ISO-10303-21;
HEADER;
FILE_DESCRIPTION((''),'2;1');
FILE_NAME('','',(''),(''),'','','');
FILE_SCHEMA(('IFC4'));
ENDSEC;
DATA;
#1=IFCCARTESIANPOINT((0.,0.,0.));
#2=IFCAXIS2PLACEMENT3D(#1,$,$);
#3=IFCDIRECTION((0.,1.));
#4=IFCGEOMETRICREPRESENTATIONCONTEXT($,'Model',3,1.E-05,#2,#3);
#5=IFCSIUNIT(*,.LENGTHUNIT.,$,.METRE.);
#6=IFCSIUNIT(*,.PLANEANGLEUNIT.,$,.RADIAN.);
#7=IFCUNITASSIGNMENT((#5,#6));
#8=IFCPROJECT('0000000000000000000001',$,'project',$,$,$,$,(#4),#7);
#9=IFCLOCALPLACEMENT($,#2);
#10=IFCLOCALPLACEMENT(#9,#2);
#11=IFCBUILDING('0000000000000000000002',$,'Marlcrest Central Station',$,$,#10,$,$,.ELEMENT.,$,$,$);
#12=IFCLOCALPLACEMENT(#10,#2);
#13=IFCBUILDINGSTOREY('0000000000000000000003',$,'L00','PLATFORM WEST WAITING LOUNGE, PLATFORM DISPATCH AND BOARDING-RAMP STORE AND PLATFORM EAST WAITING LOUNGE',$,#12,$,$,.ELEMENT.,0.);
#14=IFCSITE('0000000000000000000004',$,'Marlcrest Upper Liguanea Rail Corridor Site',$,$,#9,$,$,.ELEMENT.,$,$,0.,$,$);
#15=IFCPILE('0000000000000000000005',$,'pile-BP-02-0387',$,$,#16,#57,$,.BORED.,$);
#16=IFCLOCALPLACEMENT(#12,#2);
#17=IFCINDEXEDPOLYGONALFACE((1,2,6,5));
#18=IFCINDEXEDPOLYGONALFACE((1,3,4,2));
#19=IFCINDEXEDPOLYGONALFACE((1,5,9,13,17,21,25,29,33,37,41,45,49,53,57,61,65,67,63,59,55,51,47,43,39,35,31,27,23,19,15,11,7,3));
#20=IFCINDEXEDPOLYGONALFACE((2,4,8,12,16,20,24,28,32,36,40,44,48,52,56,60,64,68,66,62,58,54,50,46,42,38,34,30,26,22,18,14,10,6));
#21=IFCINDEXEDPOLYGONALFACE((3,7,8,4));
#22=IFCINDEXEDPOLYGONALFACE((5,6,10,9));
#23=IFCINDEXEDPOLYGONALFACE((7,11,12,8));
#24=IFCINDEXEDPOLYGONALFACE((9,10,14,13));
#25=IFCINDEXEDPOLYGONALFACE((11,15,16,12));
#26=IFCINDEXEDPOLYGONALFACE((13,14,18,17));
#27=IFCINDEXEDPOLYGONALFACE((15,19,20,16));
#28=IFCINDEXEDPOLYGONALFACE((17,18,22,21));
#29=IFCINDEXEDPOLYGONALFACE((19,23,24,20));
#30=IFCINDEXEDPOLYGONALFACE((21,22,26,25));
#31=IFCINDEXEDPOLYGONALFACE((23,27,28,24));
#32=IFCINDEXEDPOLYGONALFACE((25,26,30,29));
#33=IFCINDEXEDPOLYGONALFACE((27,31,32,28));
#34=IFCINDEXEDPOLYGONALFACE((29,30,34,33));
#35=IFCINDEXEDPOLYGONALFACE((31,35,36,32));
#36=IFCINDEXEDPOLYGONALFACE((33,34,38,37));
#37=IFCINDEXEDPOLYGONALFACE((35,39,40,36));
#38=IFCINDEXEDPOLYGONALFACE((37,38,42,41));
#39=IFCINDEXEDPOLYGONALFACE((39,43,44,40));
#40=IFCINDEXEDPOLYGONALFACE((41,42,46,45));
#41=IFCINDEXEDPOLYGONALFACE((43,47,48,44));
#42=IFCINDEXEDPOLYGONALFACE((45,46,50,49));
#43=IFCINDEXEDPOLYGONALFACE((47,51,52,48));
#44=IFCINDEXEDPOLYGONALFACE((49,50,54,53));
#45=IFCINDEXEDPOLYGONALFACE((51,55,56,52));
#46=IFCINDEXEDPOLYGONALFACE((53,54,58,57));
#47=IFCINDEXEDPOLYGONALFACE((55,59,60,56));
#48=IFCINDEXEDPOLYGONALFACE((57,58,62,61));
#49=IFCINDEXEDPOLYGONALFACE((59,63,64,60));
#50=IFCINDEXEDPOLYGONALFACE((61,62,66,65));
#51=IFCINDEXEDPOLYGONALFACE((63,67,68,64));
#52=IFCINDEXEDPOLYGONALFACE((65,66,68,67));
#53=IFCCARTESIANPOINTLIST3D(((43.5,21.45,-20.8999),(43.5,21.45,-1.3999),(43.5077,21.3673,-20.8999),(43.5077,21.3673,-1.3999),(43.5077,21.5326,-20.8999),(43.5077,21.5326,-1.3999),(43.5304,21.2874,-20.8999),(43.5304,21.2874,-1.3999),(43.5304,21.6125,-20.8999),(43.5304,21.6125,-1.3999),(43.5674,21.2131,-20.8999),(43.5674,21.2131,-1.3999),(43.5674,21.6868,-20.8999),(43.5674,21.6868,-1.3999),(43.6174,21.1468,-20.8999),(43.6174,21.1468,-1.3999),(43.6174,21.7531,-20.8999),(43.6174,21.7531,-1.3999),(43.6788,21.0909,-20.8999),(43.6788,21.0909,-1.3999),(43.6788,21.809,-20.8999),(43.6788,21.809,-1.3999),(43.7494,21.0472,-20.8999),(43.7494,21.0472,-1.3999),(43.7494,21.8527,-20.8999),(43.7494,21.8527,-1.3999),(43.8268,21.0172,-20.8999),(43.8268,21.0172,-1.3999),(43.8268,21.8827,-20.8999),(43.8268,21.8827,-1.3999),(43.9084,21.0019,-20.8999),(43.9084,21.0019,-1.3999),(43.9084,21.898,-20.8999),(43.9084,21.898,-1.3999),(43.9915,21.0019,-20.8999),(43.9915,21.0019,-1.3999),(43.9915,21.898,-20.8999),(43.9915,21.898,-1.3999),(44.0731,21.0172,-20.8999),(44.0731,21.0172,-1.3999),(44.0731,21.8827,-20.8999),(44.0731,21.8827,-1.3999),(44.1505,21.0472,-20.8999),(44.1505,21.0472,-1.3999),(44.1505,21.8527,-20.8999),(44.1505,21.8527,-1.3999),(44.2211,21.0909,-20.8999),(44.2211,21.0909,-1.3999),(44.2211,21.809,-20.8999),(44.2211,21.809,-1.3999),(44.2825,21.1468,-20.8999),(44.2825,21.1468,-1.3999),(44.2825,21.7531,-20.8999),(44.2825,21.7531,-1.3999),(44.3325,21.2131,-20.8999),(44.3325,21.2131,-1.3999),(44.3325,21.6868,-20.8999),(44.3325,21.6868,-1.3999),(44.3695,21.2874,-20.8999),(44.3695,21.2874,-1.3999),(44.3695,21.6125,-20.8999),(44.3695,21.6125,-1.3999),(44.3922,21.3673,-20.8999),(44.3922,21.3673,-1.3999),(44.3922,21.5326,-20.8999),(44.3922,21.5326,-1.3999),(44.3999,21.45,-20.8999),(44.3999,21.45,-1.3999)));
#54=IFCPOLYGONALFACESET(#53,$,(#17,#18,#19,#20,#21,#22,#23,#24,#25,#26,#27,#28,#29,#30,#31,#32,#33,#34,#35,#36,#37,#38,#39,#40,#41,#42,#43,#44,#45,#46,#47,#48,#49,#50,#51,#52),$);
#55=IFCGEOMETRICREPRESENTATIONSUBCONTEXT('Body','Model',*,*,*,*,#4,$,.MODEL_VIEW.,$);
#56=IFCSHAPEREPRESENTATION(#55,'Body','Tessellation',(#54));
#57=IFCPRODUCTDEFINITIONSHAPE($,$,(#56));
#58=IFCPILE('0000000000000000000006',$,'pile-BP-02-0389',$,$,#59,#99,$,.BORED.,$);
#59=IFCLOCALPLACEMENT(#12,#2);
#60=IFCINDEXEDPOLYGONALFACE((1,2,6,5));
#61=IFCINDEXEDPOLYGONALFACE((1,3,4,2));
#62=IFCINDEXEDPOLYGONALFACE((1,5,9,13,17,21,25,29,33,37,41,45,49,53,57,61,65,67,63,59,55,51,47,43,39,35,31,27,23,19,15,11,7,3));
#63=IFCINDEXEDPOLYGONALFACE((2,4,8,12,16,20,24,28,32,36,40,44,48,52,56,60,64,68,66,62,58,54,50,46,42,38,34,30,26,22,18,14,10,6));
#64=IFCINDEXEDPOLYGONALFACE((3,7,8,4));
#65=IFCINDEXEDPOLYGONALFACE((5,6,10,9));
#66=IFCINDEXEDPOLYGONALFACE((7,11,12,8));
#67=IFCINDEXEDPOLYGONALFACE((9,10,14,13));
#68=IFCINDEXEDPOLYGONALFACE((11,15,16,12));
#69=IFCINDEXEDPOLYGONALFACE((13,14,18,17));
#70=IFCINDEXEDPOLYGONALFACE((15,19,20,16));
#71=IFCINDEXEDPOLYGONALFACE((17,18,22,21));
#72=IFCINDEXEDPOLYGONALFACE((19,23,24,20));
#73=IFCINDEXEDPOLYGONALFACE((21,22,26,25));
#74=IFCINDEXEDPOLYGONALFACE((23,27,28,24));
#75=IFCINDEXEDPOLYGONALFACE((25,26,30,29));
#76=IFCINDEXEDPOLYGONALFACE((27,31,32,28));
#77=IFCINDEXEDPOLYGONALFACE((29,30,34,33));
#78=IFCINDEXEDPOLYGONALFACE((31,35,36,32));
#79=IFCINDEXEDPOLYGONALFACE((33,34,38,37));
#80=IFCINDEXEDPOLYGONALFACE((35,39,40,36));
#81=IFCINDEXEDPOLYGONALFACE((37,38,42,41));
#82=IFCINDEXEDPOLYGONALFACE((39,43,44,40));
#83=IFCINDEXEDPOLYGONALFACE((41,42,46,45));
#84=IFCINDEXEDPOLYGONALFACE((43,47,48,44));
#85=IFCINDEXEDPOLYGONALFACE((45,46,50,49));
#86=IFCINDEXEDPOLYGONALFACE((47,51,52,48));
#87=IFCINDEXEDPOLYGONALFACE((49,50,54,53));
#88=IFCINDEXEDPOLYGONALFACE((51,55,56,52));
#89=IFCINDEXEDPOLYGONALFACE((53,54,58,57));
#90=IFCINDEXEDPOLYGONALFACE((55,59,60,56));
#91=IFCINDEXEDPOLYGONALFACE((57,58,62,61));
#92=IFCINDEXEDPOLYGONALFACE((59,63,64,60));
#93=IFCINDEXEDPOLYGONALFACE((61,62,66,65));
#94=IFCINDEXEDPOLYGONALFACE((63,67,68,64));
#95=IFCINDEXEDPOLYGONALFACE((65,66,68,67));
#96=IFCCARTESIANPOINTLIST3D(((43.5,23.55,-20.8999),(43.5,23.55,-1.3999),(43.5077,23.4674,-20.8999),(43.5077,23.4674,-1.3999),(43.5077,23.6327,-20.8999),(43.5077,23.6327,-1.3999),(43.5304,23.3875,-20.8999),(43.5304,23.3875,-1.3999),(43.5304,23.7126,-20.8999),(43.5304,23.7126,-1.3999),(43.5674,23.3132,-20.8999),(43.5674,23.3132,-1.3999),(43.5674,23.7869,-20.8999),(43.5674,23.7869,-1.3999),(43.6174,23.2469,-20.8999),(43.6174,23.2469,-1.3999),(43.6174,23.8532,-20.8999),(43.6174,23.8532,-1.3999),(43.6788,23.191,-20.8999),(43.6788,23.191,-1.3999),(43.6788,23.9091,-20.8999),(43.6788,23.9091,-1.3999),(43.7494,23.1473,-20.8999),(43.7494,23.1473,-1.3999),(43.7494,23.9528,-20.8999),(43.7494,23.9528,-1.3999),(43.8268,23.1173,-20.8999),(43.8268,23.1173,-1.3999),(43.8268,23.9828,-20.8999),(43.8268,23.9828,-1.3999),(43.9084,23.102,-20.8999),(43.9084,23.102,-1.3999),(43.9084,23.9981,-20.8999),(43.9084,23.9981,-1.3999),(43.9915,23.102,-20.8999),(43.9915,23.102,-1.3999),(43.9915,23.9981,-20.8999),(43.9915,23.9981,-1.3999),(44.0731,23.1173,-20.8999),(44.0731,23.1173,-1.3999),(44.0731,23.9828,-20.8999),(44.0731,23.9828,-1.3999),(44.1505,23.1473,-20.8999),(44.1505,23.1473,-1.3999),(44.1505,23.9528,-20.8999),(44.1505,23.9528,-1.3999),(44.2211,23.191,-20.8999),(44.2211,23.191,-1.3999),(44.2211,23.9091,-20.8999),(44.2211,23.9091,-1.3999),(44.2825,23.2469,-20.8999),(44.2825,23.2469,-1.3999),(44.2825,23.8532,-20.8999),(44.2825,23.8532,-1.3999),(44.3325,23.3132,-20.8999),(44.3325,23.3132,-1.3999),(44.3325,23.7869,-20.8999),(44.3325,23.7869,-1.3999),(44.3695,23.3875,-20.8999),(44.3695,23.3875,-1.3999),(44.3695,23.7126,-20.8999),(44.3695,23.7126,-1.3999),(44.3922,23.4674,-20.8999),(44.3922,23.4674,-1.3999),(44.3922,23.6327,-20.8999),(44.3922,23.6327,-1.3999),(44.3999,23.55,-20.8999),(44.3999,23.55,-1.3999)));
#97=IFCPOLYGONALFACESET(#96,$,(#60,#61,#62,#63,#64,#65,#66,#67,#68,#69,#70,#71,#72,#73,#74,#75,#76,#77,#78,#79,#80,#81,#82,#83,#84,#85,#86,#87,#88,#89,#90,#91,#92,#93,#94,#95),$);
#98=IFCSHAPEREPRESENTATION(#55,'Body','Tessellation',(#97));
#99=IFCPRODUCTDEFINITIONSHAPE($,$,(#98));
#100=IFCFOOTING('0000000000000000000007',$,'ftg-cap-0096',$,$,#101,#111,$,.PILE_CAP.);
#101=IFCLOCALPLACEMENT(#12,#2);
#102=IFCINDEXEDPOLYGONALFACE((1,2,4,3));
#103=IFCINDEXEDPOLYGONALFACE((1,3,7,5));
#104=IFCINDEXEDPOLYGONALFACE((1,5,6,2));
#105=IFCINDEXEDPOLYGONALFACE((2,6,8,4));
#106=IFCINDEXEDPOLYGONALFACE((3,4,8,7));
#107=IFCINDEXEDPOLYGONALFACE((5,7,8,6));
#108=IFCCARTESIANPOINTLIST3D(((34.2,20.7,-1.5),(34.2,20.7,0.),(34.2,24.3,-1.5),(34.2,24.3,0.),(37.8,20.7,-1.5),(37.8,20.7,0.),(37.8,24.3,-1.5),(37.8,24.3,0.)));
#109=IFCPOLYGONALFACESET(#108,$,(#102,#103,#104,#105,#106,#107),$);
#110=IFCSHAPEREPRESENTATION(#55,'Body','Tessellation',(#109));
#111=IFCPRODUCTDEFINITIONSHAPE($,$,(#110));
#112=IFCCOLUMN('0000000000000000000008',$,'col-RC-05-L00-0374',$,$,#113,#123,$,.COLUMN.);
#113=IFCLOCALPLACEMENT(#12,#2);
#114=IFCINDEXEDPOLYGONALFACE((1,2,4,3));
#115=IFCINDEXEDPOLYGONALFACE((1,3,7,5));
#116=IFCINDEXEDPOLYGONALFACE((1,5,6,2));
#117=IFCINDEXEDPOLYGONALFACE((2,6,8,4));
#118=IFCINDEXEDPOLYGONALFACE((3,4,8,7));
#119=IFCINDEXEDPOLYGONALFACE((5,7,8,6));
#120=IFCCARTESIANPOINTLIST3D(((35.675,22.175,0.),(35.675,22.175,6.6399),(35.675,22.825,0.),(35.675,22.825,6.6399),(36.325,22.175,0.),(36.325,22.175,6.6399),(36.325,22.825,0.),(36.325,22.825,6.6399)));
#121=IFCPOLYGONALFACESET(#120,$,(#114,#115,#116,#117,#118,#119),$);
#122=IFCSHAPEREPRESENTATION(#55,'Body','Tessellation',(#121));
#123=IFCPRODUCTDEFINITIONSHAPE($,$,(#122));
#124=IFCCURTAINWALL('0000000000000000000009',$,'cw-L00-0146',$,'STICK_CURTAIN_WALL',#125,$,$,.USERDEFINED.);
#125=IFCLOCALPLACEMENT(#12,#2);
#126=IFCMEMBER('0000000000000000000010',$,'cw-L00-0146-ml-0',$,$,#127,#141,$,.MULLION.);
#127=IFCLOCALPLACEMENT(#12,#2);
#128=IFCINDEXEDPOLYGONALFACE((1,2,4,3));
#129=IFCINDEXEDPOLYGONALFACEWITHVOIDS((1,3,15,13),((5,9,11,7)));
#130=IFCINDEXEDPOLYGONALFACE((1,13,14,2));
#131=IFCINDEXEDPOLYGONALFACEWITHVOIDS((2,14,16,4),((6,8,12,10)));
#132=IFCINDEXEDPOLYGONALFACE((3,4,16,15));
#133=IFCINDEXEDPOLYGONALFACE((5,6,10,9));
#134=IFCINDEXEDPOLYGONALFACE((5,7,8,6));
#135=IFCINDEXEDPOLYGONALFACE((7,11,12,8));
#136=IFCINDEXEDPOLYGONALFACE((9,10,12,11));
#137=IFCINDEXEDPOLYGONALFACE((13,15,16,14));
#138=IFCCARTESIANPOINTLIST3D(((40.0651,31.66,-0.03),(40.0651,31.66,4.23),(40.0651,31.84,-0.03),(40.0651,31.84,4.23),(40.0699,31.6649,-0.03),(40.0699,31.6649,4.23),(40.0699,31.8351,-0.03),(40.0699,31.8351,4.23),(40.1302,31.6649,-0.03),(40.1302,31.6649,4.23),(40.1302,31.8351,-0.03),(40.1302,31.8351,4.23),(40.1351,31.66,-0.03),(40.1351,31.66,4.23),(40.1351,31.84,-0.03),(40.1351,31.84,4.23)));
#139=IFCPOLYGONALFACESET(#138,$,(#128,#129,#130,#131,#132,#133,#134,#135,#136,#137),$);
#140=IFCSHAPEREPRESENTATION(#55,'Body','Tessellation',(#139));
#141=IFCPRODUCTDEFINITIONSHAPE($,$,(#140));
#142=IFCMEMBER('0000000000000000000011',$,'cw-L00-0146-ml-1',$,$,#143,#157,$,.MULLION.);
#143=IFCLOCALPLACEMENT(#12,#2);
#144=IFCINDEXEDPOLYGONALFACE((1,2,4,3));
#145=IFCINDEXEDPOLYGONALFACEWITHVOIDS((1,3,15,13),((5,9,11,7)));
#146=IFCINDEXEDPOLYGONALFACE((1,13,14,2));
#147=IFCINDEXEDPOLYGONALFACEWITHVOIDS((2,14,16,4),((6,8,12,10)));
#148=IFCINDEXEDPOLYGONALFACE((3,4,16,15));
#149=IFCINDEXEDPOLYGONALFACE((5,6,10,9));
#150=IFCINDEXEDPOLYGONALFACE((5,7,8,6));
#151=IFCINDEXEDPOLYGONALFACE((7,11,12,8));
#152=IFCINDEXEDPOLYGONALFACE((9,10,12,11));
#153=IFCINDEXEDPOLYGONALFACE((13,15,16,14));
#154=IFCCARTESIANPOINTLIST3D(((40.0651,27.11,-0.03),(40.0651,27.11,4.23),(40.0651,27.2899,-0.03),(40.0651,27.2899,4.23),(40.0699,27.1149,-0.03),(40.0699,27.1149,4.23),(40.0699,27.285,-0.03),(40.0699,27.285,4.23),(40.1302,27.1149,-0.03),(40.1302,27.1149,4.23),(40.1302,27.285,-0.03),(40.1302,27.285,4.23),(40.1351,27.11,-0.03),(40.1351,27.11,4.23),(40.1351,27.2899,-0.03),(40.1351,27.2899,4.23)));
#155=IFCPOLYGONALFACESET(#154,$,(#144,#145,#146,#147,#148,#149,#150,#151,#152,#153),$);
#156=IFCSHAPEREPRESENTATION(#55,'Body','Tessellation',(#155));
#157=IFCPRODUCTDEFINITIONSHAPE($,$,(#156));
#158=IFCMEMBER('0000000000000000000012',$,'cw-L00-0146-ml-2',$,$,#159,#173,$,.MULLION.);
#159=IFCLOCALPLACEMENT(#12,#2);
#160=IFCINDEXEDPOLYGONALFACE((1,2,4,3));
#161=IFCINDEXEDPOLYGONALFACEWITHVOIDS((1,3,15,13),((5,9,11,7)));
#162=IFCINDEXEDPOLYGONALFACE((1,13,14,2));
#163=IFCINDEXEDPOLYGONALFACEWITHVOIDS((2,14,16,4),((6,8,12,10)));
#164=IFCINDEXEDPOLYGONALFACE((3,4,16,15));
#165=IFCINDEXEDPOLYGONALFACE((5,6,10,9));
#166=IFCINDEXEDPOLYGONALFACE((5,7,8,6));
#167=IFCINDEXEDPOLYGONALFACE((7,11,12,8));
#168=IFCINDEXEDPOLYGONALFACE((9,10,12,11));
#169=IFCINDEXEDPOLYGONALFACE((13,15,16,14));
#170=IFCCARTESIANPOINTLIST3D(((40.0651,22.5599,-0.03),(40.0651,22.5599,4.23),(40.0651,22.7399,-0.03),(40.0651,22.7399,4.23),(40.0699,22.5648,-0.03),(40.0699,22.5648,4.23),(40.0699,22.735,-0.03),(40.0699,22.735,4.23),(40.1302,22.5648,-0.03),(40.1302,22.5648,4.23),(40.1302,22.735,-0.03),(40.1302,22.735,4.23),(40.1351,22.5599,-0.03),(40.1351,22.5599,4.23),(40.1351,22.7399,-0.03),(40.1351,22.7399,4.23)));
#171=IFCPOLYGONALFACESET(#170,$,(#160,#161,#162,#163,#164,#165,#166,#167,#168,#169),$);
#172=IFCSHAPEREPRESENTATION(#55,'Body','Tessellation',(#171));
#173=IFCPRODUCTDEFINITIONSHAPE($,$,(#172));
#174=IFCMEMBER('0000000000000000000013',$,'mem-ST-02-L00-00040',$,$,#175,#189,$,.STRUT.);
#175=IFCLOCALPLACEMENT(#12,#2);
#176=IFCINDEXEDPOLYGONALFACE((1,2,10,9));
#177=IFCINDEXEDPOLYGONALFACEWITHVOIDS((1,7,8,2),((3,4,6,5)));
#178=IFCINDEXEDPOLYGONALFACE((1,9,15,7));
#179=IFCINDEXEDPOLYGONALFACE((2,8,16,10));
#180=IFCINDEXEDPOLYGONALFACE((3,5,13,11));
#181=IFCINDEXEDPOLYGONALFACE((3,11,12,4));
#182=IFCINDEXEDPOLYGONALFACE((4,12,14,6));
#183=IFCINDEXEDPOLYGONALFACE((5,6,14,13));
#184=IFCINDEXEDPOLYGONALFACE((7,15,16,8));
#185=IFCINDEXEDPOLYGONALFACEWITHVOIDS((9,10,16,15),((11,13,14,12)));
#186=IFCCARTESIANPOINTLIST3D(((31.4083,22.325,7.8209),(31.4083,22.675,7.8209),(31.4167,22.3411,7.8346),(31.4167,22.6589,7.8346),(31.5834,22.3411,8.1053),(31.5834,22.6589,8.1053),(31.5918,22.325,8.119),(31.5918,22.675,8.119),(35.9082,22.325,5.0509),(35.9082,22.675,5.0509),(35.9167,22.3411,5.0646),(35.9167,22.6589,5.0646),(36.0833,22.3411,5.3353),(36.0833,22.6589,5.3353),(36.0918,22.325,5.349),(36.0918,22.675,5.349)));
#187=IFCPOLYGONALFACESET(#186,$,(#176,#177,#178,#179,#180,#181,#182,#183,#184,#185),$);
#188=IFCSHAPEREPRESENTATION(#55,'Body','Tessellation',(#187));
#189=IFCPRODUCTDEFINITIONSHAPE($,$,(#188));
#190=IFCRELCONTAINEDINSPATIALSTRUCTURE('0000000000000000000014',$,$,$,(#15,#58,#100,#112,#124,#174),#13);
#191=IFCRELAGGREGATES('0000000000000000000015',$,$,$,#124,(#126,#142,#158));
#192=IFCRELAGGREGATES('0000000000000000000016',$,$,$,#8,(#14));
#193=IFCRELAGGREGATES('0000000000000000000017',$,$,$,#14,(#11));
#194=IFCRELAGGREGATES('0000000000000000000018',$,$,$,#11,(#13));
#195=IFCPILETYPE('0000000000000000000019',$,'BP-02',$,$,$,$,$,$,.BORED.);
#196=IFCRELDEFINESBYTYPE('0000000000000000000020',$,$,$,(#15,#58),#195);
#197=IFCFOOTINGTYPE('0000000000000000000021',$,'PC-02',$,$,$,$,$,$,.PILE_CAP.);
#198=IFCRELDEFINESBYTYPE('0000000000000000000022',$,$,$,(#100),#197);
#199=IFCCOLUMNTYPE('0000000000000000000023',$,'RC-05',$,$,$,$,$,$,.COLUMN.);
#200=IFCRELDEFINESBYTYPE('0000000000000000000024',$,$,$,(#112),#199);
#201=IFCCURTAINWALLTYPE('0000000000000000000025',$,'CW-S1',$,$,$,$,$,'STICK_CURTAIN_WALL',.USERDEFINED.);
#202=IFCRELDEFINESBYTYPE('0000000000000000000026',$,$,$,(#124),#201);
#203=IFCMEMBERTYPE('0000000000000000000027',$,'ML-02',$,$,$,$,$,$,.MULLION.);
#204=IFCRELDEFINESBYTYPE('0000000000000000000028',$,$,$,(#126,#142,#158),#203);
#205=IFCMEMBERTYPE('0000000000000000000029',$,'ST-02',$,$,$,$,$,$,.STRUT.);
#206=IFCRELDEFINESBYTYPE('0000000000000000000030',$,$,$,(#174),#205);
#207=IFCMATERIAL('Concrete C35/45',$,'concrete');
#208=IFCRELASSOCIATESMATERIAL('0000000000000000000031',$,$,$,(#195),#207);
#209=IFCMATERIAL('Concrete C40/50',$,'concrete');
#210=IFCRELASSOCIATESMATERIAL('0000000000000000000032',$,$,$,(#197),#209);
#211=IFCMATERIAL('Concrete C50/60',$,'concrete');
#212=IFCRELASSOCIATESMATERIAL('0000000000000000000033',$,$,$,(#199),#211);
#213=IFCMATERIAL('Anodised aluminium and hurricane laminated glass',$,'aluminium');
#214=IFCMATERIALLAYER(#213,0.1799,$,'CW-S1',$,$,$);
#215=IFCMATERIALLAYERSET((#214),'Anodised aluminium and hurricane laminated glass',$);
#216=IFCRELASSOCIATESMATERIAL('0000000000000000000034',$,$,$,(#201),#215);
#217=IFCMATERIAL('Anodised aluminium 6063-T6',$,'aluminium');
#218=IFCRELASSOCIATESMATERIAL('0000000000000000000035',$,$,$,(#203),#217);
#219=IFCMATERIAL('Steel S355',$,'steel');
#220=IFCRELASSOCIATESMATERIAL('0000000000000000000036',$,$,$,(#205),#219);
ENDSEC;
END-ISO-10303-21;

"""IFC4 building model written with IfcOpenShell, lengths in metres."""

from ifc_helpers import new_model, si_unit, direction, frame, origin, origin_2d, place, context, subcontext, project, spatial, rectangle, hollow_rectangle, circle, extrude, material, layer, layer_set, material_profile, profile_set, type_object, element, aggregate, save


model = new_model("IFC4")

# Units and contexts
model_context = context("Model", 3, precision=1e-05, world=origin(), true_north=direction((0.0, 1.0)))
body_context = subcontext(model_context, "Body", "Model", "MODEL_VIEW")
ifc_project = project(units=[si_unit("LENGTHUNIT", "METRE"), si_unit("PLANEANGLEUNIT", "RADIAN")], contexts=[model_context])

# Site, building, storey
site_placement = place(None, origin())
site = spatial("IfcSite", under=ifc_project, at=site_placement, Name="Marlcrest Upper Liguanea Rail Corridor Site", CompositionType="ELEMENT", RefElevation=0.0)
building_placement = place(site_placement, origin())
building = spatial("IfcBuilding", under=site, at=building_placement, Name="Marlcrest Central Station", CompositionType="ELEMENT")
storey_placement = place(building_placement, origin())
storey = spatial("IfcBuildingStorey", under=building, at=storey_placement, Name="L00", Description="PLATFORM WEST WAITING LOUNGE, PLATFORM DISPATCH AND BOARDING-RAMP STORE AND PLATFORM EAST WAITING LOUNGE", CompositionType="ELEMENT", Elevation=0.0)

# Piles
ifc_material_1 = material(Name="Concrete C35/45", Category="concrete")
ifc_material_profile_1 = material_profile(ifc_material_1, circle(Radius=0.45, at=origin_2d()), Name="PILE D900")
ifc_profile_set_1 = profile_set([ifc_material_profile_1], Name="Concrete C35/45")
pile_type = type_object("IfcPileType", Name="BP-02", PredefinedType="BORED", material=ifc_profile_set_1)
for number, where, z_axis, x_axis, name in (
    (1, (43.95, 21.45, -1.3999), (0.0, 0.0, -1.0), (1.0, 0.0, 0.0), "pile-BP-02-0387"),
    (2, (43.95, 23.55, -1.3999), (0.0, 0.0, -1.0), (1.0, 0.0, 0.0), "pile-BP-02-0389"),
):
    element("IfcPile", number, at=place(storey_placement, frame(where, z_axis=z_axis, x_axis=x_axis)), inside=storey, type_object=pile_type, Name=name, PredefinedType="BORED", context=body_context, shape_type="SweptSolid", body=[
        extrude(circle(Radius=0.45, at=origin_2d()), origin(), (0.0, 0.0, 1.0), 19.5),
    ])

# Footing
ifc_material_2 = material(Name="Concrete C40/50", Category="concrete")
footing_type = type_object("IfcFootingType", Name="PC-02", PredefinedType="PILE_CAP", material=ifc_material_2)
footing_placement = place(storey_placement, frame((36.0, 22.5, -1.5), z_axis=(0.0, 0.0, 1.0), x_axis=(1.0, 0.0, 0.0)))
element("IfcFooting", 3, at=footing_placement, inside=storey, type_object=footing_type, Name="ftg-cap-0096", PredefinedType="PILE_CAP", context=body_context, shape_type="SweptSolid", body=[
    extrude(rectangle(XDim=3.6001, YDim=3.6001, at=origin_2d()), origin(), (0.0, 0.0, 1.0), 1.5),
])

# Column
ifc_material_3 = material(Name="Concrete C50/60", Category="concrete")
ifc_material_profile_2 = material_profile(ifc_material_3, rectangle(XDim=0.6499, YDim=0.6499, at=origin_2d()), Name="RC 650x650")
ifc_profile_set_2 = profile_set([ifc_material_profile_2], Name="Concrete C50/60")
column_type = type_object("IfcColumnType", Name="RC-05", PredefinedType="COLUMN", material=ifc_profile_set_2)
column_placement = place(storey_placement, frame((36.0, 22.5, 0.0), z_axis=(0.0, 0.0, 1.0), x_axis=(1.0, 0.0, 0.0)))
element("IfcColumn", 4, at=column_placement, inside=storey, type_object=column_type, Name="col-RC-05-L00-0374", PredefinedType="COLUMN", context=body_context, shape_type="SweptSolid", body=[
    extrude(rectangle(XDim=0.6499, YDim=0.6499, at=origin_2d()), origin(), (0.0, 0.0, 1.0), 6.6399),
])

# Curtain wall, members
ifc_material_4 = material(Name="Anodised aluminium and hurricane laminated glass", Category="aluminium")
ifc_layer_1 = layer(ifc_material_4, 0.1799, Name="CW-S1")
ifc_layer_set_1 = layer_set([ifc_layer_1], Name="Anodised aluminium and hurricane laminated glass")
curtain_wall_type = type_object("IfcCurtainWallType", Name="CW-S1", ElementType="STICK_CURTAIN_WALL", PredefinedType="USERDEFINED", material=ifc_layer_set_1)
curtain_wall_placement = place(storey_placement, origin())
curtain_wall = element("IfcCurtainWall", 5, at=curtain_wall_placement, inside=storey, type_object=curtain_wall_type, Name="cw-L00-0146", ObjectType="STICK_CURTAIN_WALL", PredefinedType="USERDEFINED")
ifc_material_5 = material(Name="Anodised aluminium 6063-T6", Category="aluminium")
ifc_material_profile_3 = material_profile(ifc_material_5, hollow_rectangle(XDim=0.0701, YDim=0.1799, WallThickness=0.0049, at=origin_2d()), Name="AA-RHS 180x70x5")
ifc_profile_set_3 = profile_set([ifc_material_profile_3], Name="Anodised aluminium 6063-T6")
member_type_1 = type_object("IfcMemberType", Name="ML-02", PredefinedType="MULLION", material=ifc_profile_set_3)
member_1_placement = place(storey_placement, frame((40.1001, 31.75, -0.03), z_axis=(0.0, 0.0, 1.0), x_axis=(1.0, 0.0, 0.0)))
member_1 = element("IfcMember", 6, at=member_1_placement, type_object=member_type_1, Name="cw-L00-0146-ml-0", PredefinedType="MULLION", context=body_context, shape_type="SweptSolid", body=[
    extrude(hollow_rectangle(XDim=0.0701, YDim=0.1799, WallThickness=0.0049, at=origin_2d()), origin(), (0.0, 0.0, 1.0), 4.26),
])
member_2_placement = place(storey_placement, frame((40.1001, 27.2, -0.03), z_axis=(0.0, 0.0, 1.0), x_axis=(1.0, 0.0, 0.0)))
member_2 = element("IfcMember", 7, at=member_2_placement, type_object=member_type_1, Name="cw-L00-0146-ml-1", PredefinedType="MULLION", context=body_context, shape_type="SweptSolid", body=[
    extrude(hollow_rectangle(XDim=0.0701, YDim=0.1799, WallThickness=0.0049, at=origin_2d()), origin(), (0.0, 0.0, 1.0), 4.26),
])
member_3_placement = place(storey_placement, frame((40.1001, 22.6499, -0.03), z_axis=(0.0, 0.0, 1.0), x_axis=(1.0, 0.0, 0.0)))
member_3 = element("IfcMember", 8, at=member_3_placement, type_object=member_type_1, Name="cw-L00-0146-ml-2", PredefinedType="MULLION", context=body_context, shape_type="SweptSolid", body=[
    extrude(hollow_rectangle(XDim=0.0701, YDim=0.1799, WallThickness=0.0049, at=origin_2d()), origin(), (0.0, 0.0, 1.0), 4.26),
])

# Member
ifc_material_6 = material(Name="Steel S355", Category="steel")
ifc_material_profile_4 = material_profile(ifc_material_6, hollow_rectangle(XDim=0.3501, YDim=0.3501, WallThickness=0.0161, at=origin_2d()), Name="SHS 350x350x16")
ifc_profile_set_4 = profile_set([ifc_material_profile_4], Name="Steel S355")
member_type_2 = type_object("IfcMemberType", Name="ST-02", PredefinedType="STRUT", material=ifc_profile_set_4)
for number, where, z_axis, x_axis, name in (
    (9, (36.0, 22.5, 5.2), (-0.851592, 0.0, 0.524206), (0.0, -1.0, 0.0), "mem-ST-02-L00-00040"),
):
    element("IfcMember", number, at=place(storey_placement, frame(where, z_axis=z_axis, x_axis=x_axis)), inside=storey, type_object=member_type_2, Name=name, PredefinedType="STRUT", context=body_context, shape_type="SweptSolid", body=[
        extrude(hollow_rectangle(XDim=0.3501, YDim=0.3501, WallThickness=0.0161, at=origin_2d()), origin(), (0.0, 0.0, 1.0), 5.2842),
    ])

aggregate(curtain_wall, [member_1, member_2, member_3])

save(model, "model.ifc")
